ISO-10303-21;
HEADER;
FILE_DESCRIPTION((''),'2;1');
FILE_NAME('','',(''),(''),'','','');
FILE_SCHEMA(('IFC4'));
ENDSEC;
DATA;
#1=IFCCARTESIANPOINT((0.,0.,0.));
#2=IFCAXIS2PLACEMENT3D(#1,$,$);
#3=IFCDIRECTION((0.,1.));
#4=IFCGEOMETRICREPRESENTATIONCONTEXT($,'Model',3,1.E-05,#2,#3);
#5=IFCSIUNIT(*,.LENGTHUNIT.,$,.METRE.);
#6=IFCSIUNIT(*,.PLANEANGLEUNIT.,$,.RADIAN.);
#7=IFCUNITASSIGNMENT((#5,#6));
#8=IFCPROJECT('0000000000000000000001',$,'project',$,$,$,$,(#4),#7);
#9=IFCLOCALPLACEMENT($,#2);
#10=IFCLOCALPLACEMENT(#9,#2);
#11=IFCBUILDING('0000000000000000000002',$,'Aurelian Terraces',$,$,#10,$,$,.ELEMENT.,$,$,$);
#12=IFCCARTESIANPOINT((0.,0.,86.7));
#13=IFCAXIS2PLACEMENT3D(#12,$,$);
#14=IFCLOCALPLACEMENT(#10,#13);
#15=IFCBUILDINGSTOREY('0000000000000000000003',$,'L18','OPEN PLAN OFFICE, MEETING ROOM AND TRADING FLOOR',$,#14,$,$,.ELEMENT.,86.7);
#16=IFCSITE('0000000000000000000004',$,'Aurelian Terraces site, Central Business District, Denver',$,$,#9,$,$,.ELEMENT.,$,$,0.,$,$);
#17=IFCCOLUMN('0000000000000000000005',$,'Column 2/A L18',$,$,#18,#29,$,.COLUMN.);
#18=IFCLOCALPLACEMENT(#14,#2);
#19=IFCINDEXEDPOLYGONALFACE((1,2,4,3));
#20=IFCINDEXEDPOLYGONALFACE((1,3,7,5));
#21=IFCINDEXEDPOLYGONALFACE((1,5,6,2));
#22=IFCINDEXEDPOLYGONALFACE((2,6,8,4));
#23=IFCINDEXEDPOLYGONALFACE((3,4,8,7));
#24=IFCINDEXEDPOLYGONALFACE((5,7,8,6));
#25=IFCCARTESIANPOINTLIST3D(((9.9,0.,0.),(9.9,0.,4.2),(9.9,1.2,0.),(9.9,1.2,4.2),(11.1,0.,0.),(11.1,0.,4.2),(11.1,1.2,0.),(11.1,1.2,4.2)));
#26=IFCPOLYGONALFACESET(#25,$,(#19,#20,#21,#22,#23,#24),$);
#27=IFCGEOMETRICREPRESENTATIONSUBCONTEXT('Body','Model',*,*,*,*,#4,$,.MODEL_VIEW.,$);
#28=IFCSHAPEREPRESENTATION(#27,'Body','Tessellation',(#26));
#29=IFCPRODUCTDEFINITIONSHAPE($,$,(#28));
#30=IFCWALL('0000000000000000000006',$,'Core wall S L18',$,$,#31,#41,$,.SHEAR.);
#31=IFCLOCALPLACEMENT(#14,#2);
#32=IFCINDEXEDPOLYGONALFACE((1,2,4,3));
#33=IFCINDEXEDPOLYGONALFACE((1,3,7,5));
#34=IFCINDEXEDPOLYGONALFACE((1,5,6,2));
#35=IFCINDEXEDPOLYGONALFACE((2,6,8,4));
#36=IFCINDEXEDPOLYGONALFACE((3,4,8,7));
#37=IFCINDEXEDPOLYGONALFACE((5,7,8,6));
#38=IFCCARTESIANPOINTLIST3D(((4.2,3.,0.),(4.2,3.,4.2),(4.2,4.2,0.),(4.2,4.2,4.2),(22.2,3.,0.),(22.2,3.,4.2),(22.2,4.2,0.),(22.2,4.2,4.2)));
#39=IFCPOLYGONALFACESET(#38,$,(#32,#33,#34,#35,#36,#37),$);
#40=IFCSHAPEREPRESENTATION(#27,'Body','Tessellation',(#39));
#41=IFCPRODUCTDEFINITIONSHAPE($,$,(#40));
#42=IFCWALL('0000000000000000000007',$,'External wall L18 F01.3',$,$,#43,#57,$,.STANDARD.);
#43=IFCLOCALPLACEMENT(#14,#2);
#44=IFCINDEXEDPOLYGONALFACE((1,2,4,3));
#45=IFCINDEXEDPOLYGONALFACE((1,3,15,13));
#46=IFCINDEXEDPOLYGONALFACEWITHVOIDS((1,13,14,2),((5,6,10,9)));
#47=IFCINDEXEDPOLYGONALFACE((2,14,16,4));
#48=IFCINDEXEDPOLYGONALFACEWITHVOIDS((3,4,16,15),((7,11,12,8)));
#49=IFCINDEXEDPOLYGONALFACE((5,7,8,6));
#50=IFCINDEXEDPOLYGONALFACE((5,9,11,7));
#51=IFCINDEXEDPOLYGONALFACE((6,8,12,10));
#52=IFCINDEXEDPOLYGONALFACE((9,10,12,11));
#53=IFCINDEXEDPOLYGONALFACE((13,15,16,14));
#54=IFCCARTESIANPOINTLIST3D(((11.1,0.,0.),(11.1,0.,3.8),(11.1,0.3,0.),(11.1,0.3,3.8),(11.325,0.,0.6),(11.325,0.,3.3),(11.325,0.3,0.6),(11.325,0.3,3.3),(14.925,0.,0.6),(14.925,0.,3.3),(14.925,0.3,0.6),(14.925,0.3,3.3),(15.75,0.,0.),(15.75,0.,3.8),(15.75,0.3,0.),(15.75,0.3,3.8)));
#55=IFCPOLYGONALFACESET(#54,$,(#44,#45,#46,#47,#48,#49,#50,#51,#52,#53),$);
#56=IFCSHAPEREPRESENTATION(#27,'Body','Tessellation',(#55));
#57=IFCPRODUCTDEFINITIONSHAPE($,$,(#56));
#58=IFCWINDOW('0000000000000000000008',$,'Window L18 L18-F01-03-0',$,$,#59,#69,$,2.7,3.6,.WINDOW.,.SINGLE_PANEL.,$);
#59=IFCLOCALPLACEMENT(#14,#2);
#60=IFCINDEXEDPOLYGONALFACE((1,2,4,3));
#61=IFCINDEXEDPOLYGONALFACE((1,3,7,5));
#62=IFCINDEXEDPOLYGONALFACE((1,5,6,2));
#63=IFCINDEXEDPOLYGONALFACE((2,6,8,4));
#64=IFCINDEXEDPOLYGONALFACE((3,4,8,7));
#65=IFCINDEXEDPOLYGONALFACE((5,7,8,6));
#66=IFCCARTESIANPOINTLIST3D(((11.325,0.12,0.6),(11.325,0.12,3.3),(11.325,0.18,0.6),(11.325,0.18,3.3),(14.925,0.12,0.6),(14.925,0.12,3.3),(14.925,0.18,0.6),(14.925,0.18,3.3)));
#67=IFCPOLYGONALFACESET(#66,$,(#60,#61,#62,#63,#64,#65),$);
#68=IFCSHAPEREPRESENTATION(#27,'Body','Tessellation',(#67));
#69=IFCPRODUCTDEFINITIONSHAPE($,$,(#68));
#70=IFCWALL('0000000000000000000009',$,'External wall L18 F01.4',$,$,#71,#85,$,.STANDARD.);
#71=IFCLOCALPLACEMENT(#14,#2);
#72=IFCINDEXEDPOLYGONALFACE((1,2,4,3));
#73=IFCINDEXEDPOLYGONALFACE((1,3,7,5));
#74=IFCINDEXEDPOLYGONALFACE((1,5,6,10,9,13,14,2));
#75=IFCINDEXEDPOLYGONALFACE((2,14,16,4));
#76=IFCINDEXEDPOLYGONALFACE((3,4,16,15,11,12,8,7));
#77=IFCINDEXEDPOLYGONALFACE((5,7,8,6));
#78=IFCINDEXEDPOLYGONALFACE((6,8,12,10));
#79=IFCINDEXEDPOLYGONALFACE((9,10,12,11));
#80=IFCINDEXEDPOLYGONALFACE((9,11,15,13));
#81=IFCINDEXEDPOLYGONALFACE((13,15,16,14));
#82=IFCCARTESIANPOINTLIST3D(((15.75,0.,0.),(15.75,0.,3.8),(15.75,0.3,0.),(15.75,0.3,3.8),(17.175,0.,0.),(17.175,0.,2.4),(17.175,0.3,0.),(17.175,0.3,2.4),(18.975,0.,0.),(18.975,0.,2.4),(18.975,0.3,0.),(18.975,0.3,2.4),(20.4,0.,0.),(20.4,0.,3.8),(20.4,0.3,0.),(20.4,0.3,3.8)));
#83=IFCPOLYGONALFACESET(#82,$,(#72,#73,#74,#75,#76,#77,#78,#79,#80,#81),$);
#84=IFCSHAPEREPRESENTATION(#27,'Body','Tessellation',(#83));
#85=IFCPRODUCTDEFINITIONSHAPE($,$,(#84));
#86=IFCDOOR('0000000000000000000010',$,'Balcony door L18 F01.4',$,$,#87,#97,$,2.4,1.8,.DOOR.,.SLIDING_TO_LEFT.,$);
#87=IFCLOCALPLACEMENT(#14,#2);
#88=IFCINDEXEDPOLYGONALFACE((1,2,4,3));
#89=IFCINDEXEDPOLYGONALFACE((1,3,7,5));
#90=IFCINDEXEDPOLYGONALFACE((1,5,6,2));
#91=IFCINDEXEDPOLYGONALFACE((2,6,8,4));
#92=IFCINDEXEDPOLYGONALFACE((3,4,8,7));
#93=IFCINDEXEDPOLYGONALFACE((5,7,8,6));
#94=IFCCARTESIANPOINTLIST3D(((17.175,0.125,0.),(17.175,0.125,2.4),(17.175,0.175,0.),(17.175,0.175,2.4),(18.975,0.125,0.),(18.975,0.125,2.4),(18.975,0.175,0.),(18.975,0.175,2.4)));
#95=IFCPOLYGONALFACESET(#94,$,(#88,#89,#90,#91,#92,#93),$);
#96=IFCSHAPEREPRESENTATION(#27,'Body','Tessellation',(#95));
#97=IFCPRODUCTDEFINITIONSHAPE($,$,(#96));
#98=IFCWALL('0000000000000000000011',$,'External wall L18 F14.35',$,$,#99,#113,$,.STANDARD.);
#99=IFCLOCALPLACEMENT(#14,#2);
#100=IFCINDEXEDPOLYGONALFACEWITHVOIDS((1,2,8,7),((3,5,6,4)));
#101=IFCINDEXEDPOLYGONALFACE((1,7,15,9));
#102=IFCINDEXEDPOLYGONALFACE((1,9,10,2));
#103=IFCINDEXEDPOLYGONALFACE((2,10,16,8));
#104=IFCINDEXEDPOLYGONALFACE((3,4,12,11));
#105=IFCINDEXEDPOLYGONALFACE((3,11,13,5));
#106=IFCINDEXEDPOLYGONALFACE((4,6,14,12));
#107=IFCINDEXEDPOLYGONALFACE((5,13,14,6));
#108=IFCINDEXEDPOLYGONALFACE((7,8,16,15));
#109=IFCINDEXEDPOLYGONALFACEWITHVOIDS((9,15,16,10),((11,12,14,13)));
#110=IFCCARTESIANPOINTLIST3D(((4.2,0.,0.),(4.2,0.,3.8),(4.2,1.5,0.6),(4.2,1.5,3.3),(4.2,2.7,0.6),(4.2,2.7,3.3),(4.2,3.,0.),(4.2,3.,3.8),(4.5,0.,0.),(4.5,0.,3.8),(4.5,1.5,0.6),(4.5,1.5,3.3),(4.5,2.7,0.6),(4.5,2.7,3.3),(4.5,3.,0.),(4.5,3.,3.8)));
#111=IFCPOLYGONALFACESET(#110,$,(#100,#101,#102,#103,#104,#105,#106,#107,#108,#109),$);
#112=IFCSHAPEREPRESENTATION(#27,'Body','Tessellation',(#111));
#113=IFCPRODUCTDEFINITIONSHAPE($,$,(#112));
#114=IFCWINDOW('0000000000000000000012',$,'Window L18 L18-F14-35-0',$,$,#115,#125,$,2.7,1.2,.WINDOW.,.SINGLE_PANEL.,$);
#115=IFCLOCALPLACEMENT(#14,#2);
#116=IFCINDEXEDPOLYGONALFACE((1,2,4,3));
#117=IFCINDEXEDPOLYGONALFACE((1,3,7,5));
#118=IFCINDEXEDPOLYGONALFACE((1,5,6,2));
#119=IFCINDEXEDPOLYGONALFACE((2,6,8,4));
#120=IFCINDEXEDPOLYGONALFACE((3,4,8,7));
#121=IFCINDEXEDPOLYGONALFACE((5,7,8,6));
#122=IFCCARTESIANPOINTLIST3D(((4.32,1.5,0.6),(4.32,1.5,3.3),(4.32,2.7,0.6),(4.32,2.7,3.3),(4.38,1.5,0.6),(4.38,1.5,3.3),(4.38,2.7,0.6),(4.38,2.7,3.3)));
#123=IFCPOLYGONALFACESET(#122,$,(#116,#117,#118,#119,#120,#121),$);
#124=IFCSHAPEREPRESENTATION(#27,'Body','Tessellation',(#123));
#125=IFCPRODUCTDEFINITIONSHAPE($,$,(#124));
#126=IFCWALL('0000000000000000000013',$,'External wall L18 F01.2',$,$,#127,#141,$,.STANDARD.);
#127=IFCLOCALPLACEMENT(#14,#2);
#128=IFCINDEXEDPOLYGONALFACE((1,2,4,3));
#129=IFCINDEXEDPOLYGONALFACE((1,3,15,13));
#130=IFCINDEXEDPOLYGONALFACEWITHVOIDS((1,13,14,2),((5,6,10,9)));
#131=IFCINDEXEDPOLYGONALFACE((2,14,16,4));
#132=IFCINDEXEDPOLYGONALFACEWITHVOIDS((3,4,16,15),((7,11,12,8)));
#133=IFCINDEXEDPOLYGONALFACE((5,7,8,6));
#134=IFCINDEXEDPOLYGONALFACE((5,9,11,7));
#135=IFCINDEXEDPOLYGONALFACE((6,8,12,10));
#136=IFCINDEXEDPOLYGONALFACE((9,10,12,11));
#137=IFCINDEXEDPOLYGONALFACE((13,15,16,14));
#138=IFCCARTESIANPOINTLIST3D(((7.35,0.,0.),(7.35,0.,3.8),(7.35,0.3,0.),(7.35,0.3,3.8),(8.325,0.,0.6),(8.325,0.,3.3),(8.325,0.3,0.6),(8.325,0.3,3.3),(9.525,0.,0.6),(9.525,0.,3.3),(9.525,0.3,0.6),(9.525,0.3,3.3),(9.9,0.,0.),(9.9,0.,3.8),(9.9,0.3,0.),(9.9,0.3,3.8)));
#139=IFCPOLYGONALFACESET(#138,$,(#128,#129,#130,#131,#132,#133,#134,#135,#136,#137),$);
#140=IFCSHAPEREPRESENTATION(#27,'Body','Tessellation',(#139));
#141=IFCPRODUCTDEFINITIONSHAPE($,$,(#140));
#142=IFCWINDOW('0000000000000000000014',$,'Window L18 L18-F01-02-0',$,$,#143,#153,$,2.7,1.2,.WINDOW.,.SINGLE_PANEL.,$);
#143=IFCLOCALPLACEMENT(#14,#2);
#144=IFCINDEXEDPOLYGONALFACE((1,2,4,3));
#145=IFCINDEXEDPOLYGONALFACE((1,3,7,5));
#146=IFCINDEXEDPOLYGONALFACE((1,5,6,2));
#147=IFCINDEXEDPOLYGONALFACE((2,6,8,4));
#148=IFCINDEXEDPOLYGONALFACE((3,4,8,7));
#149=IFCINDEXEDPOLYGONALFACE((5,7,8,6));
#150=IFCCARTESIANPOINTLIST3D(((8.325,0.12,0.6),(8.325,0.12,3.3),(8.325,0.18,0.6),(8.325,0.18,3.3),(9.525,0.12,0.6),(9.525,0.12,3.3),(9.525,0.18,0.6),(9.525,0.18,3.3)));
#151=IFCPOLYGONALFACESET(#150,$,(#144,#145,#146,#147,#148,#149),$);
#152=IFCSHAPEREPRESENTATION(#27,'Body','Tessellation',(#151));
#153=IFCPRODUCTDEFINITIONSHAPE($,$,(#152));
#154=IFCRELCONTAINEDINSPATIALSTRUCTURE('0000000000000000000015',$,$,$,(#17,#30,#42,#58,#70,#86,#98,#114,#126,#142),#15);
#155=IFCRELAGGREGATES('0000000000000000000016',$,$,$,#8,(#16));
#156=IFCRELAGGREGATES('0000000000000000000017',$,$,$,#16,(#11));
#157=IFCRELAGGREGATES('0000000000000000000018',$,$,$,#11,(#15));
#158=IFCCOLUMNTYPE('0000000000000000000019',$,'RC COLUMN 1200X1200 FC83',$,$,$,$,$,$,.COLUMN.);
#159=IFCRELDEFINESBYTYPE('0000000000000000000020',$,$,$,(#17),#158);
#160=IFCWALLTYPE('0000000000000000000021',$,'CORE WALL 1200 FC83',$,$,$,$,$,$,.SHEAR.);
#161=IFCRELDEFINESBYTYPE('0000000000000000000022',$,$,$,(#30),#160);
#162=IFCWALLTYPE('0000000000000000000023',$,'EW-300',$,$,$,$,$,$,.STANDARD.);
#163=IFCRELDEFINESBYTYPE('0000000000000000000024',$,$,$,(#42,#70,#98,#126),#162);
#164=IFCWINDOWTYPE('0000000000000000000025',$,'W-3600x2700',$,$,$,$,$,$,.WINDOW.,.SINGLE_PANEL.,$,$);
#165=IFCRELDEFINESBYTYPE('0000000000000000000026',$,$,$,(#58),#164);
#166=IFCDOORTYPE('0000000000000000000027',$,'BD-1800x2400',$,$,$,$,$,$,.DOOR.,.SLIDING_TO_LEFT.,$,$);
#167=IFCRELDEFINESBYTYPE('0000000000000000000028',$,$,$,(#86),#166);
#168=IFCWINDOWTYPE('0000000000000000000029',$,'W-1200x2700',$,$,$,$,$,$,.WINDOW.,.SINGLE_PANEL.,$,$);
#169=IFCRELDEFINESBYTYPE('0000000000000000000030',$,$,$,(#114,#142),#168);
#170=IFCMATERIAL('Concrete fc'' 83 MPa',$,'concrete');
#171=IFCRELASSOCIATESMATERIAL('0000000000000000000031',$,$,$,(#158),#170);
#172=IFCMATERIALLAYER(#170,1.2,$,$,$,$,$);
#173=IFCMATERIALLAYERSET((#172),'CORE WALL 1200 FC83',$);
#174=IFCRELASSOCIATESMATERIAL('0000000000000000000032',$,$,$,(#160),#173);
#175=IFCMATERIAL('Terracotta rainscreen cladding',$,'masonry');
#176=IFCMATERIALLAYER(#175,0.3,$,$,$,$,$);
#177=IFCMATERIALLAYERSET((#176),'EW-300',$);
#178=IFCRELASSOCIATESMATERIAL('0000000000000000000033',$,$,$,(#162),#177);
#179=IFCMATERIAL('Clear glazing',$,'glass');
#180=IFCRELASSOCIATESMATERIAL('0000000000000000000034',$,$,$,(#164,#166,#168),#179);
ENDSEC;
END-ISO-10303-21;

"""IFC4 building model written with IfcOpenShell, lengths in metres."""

from ifc_helpers import new_model, si_unit, direction, frame, frame_2d, origin, origin_2d, place, context, subcontext, project, spatial, rectangle, extrude, source, transform, mapped, material, layer, layer_set, material_profile, profile_set, type_object, element, fill, save


model = new_model("IFC4")

# Units and contexts
model_context = context("Model", 3, precision=1e-05, world=origin(), true_north=direction((0.0, 1.0)))
body_context = subcontext(model_context, "Body", "Model", "MODEL_VIEW")
ifc_project = project(units=[si_unit("LENGTHUNIT", "METRE"), si_unit("PLANEANGLEUNIT", "RADIAN")], contexts=[model_context])

# Site, building, storey
site_placement = place(None, origin())
site = spatial("IfcSite", under=ifc_project, at=site_placement, Name="Aurelian Terraces site, Central Business District, Denver", CompositionType="ELEMENT", RefElevation=0.0)
building_placement = place(site_placement, origin())
building = spatial("IfcBuilding", under=site, at=building_placement, Name="Aurelian Terraces", CompositionType="ELEMENT")
storey_placement = place(building_placement, frame((0.0, 0.0, 86.7)))
storey = spatial("IfcBuildingStorey", under=building, at=storey_placement, Name="L18", Description="OPEN PLAN OFFICE, MEETING ROOM AND TRADING FLOOR", CompositionType="ELEMENT", Elevation=86.7)

# Column
ifc_material_1 = material(Name="Concrete fc' 83 MPa", Category="concrete")
ifc_material_profile = material_profile(ifc_material_1, rectangle(XDim=1.2, YDim=1.2, at=origin_2d()))
ifc_profile_set = profile_set([ifc_material_profile], Name="Concrete fc' 83 MPa")
column_type = type_object("IfcColumnType", Name="RC COLUMN 1200X1200 FC83", PredefinedType="COLUMN", material=ifc_profile_set)
shared_shape_1 = source(origin(), body_context, "Body", "SweptSolid", [
    extrude(rectangle(XDim=1.2, YDim=1.2, at=origin_2d()), origin(), (0.0, 0.0, 1.0), 4.2),
])
column_placement = place(storey_placement, frame((10.5, 0.6, 0.0), z_axis=(0.0, 0.0, 1.0), x_axis=(1.0, 0.0, 0.0)))
element("IfcColumn", 1, at=column_placement, inside=storey, type_object=column_type, Name="Column 2/A L18", PredefinedType="COLUMN", context=body_context, shape_type="MappedRepresentation", body=[
    mapped(shared_shape_1, transform((0.0, 0.0, 0.0), scale=1.0)),
])

# Wall
ifc_layer_1 = layer(ifc_material_1, 1.2)
ifc_layer_set_1 = layer_set([ifc_layer_1], Name="CORE WALL 1200 FC83")
wall_type_1 = type_object("IfcWallType", Name="CORE WALL 1200 FC83", PredefinedType="SHEAR", material=ifc_layer_set_1)
shared_shape_2 = source(origin(), body_context, "Body", "SweptSolid", [
    extrude(rectangle(XDim=18.0, YDim=1.2, at=frame_2d((9.0, 0.0))), origin(), (0.0, 0.0, 1.0), 4.2),
])
wall_1_placement = place(storey_placement, frame((4.2, 3.6, 0.0), z_axis=(0.0, 0.0, 1.0), x_axis=(1.0, 0.0, 0.0)))
element("IfcWall", 2, at=wall_1_placement, inside=storey, type_object=wall_type_1, Name="Core wall S L18", PredefinedType="SHEAR", context=body_context, shape_type="MappedRepresentation", body=[
    mapped(shared_shape_2, transform((0.0, 0.0, 0.0), scale=1.0)),
])

# Wall, opening, window
ifc_material_2 = material(Name="Terracotta rainscreen cladding", Category="masonry")
ifc_layer_2 = layer(ifc_material_2, 0.3)
ifc_layer_set_2 = layer_set([ifc_layer_2], Name="EW-300")
wall_type_2 = type_object("IfcWallType", Name="EW-300", PredefinedType="STANDARD", material=ifc_layer_set_2)
shared_shape_3 = source(origin(), body_context, "Body", "SweptSolid", [
    extrude(rectangle(XDim=4.65, YDim=0.3, at=frame_2d((2.325, 0.0))), origin(), (0.0, 0.0, 1.0), 3.8),
])
wall_2_placement = place(storey_placement, frame((11.1, 0.15, 0.0), z_axis=(0.0, 0.0, 1.0), x_axis=(1.0, 0.0, 0.0)))
wall_2 = element("IfcWall", 3, at=wall_2_placement, inside=storey, type_object=wall_type_2, Name="External wall L18 F01.3", PredefinedType="STANDARD", context=body_context, shape_type="MappedRepresentation", body=[
    mapped(shared_shape_3, transform((0.0, 0.0, 0.0), scale=1.0)),
])
shared_shape_4 = source(origin(), body_context, "Body", "SweptSolid", [
    extrude(rectangle(XDim=3.6, YDim=2.7, at=frame_2d((1.8, 1.35))), frame((0.0, 0.16, 0.0), z_axis=(0.0, -1.0, 0.0), x_axis=(1.0, 0.0, 0.0)), (0.0, 0.0, 1.0), 0.32),
])
opening_1_placement = place(wall_2_placement, frame((0.225, 0.0, 0.6)))
opening_1 = element("IfcOpeningElement", 4, at=opening_1_placement, cuts=wall_2, PredefinedType="OPENING", context=body_context, shape_type="MappedRepresentation", body=[
    mapped(shared_shape_4, transform((0.0, 0.0, 0.0), scale=1.0)),
])
ifc_material_3 = material(Name="Clear glazing", Category="glass")
window_type_1 = type_object("IfcWindowType", Name="W-3600x2700", PartitioningType="SINGLE_PANEL", PredefinedType="WINDOW", material=ifc_material_3)
shared_shape_5 = source(origin(), body_context, "Body", "SweptSolid", [
    extrude(rectangle(XDim=3.6, YDim=2.7, at=frame_2d((1.8, 1.35))), frame((0.0, 0.03, 0.0), z_axis=(0.0, -1.0, 0.0), x_axis=(1.0, 0.0, 0.0)), (0.0, 0.0, 1.0), 0.06),
])
window_1_placement = place(opening_1_placement, origin())
window_1 = element("IfcWindow", 5, at=window_1_placement, inside=storey, type_object=window_type_1, Name="Window L18 L18-F01-03-0", OverallHeight=2.7, OverallWidth=3.6, PartitioningType="SINGLE_PANEL", PredefinedType="WINDOW", context=body_context, shape_type="MappedRepresentation", body=[
    mapped(shared_shape_5, transform((0.0, 0.0, 0.0), scale=1.0)),
])
fill(opening_1, window_1)

# Wall, opening, door
wall_3_placement = place(storey_placement, frame((15.75, 0.15, 0.0), z_axis=(0.0, 0.0, 1.0), x_axis=(1.0, 0.0, 0.0)))
wall_3 = element("IfcWall", 6, at=wall_3_placement, inside=storey, type_object=wall_type_2, Name="External wall L18 F01.4", PredefinedType="STANDARD", context=body_context, shape_type="MappedRepresentation", body=[
    mapped(shared_shape_3, transform((0.0, 0.0, 0.0), scale=1.0)),
])
shared_shape_6 = source(origin(), body_context, "Body", "SweptSolid", [
    extrude(rectangle(XDim=1.8, YDim=2.4, at=frame_2d((0.9, 1.2))), frame((0.0, 0.16, 0.0), z_axis=(0.0, -1.0, 0.0), x_axis=(1.0, 0.0, 0.0)), (0.0, 0.0, 1.0), 0.32),
])
opening_2_placement = place(wall_3_placement, frame((1.425, 0.0, 0.0)))
opening_2 = element("IfcOpeningElement", 7, at=opening_2_placement, cuts=wall_3, PredefinedType="OPENING", context=body_context, shape_type="MappedRepresentation", body=[
    mapped(shared_shape_6, transform((0.0, 0.0, 0.0), scale=1.0)),
])
door_type_1 = type_object("IfcDoorType", Name="BD-1800x2400", OperationType="SLIDING_TO_LEFT", PredefinedType="DOOR", material=ifc_material_3)
shared_shape_7 = source(origin(), body_context, "Body", "SweptSolid", [
    extrude(rectangle(XDim=1.8, YDim=2.4, at=frame_2d((0.9, 1.2))), frame((0.0, 0.025, 0.0), z_axis=(0.0, -1.0, 0.0), x_axis=(1.0, 0.0, 0.0)), (0.0, 0.0, 1.0), 0.05),
])
door_1_placement = place(opening_2_placement, origin())
door_1 = element("IfcDoor", 8, at=door_1_placement, inside=storey, type_object=door_type_1, Name="Balcony door L18 F01.4", OperationType="SLIDING_TO_LEFT", OverallHeight=2.4, OverallWidth=1.8, PredefinedType="DOOR", context=body_context, shape_type="MappedRepresentation", body=[
    mapped(shared_shape_7, transform((0.0, 0.0, 0.0), scale=1.0)),
])
fill(opening_2, door_1)

# Walls, openings, windows
shared_shape_8 = source(origin(), body_context, "Body", "SweptSolid", [
    extrude(rectangle(XDim=3.0, YDim=0.3, at=frame_2d((1.5, 0.0))), origin(), (0.0, 0.0, 1.0), 3.8),
])
wall_4_placement = place(storey_placement, frame((4.35, 3.0, 0.0), z_axis=(0.0, 0.0, 1.0), x_axis=(0.0, -1.0, 0.0)))
wall_4 = element("IfcWall", 9, at=wall_4_placement, inside=storey, type_object=wall_type_2, Name="External wall L18 F14.35", PredefinedType="STANDARD", context=body_context, shape_type="MappedRepresentation", body=[
    mapped(shared_shape_8, transform((0.0, 0.0, 0.0), scale=1.0)),
])
shared_shape_9 = source(origin(), body_context, "Body", "SweptSolid", [
    extrude(rectangle(XDim=1.2, YDim=2.7, at=frame_2d((0.6, 1.35))), frame((0.0, 0.16, 0.0), z_axis=(0.0, -1.0, 0.0), x_axis=(1.0, 0.0, 0.0)), (0.0, 0.0, 1.0), 0.32),
])
opening_3_placement = place(wall_4_placement, frame((0.3, 0.0, 0.6)))
opening_3 = element("IfcOpeningElement", 10, at=opening_3_placement, cuts=wall_4, PredefinedType="OPENING", context=body_context, shape_type="MappedRepresentation", body=[
    mapped(shared_shape_9, transform((0.0, 0.0, 0.0), scale=1.0)),
])
window_type_2 = type_object("IfcWindowType", Name="W-1200x2700", PartitioningType="SINGLE_PANEL", PredefinedType="WINDOW", material=ifc_material_3)
shared_shape_10 = source(origin(), body_context, "Body", "SweptSolid", [
    extrude(rectangle(XDim=1.2, YDim=2.7, at=frame_2d((0.6, 1.35))), frame((0.0, 0.03, 0.0), z_axis=(0.0, -1.0, 0.0), x_axis=(1.0, 0.0, 0.0)), (0.0, 0.0, 1.0), 0.06),
])
window_2_placement = place(opening_3_placement, origin())
window_2 = element("IfcWindow", 11, at=window_2_placement, inside=storey, type_object=window_type_2, Name="Window L18 L18-F14-35-0", OverallHeight=2.7, OverallWidth=1.2, PartitioningType="SINGLE_PANEL", PredefinedType="WINDOW", context=body_context, shape_type="MappedRepresentation", body=[
    mapped(shared_shape_10, transform((0.0, 0.0, 0.0), scale=1.0)),
])
fill(opening_3, window_2)
shared_shape_11 = source(origin(), body_context, "Body", "SweptSolid", [
    extrude(rectangle(XDim=2.55, YDim=0.3, at=frame_2d((1.275, 0.0))), origin(), (0.0, 0.0, 1.0), 3.8),
])
wall_5_placement = place(storey_placement, frame((7.35, 0.15, 0.0), z_axis=(0.0, 0.0, 1.0), x_axis=(1.0, 0.0, 0.0)))
wall_5 = element("IfcWall", 12, at=wall_5_placement, inside=storey, type_object=wall_type_2, Name="External wall L18 F01.2", PredefinedType="STANDARD", context=body_context, shape_type="MappedRepresentation", body=[
    mapped(shared_shape_11, transform((0.0, 0.0, 0.0), scale=1.0)),
])
opening_4_placement = place(wall_5_placement, frame((0.975, 0.0, 0.6)))
opening_4 = element("IfcOpeningElement", 13, at=opening_4_placement, cuts=wall_5, PredefinedType="OPENING", context=body_context, shape_type="MappedRepresentation", body=[
    mapped(shared_shape_9, transform((0.0, 0.0, 0.0), scale=1.0)),
])
window_3_placement = place(opening_4_placement, origin())
window_3 = element("IfcWindow", 14, at=window_3_placement, inside=storey, type_object=window_type_2, Name="Window L18 L18-F01-02-0", OverallHeight=2.7, OverallWidth=1.2, PartitioningType="SINGLE_PANEL", PredefinedType="WINDOW", context=body_context, shape_type="MappedRepresentation", body=[
    mapped(shared_shape_10, transform((0.0, 0.0, 0.0), scale=1.0)),
])
fill(opening_4, window_3)

save(model, "model.ifc")
